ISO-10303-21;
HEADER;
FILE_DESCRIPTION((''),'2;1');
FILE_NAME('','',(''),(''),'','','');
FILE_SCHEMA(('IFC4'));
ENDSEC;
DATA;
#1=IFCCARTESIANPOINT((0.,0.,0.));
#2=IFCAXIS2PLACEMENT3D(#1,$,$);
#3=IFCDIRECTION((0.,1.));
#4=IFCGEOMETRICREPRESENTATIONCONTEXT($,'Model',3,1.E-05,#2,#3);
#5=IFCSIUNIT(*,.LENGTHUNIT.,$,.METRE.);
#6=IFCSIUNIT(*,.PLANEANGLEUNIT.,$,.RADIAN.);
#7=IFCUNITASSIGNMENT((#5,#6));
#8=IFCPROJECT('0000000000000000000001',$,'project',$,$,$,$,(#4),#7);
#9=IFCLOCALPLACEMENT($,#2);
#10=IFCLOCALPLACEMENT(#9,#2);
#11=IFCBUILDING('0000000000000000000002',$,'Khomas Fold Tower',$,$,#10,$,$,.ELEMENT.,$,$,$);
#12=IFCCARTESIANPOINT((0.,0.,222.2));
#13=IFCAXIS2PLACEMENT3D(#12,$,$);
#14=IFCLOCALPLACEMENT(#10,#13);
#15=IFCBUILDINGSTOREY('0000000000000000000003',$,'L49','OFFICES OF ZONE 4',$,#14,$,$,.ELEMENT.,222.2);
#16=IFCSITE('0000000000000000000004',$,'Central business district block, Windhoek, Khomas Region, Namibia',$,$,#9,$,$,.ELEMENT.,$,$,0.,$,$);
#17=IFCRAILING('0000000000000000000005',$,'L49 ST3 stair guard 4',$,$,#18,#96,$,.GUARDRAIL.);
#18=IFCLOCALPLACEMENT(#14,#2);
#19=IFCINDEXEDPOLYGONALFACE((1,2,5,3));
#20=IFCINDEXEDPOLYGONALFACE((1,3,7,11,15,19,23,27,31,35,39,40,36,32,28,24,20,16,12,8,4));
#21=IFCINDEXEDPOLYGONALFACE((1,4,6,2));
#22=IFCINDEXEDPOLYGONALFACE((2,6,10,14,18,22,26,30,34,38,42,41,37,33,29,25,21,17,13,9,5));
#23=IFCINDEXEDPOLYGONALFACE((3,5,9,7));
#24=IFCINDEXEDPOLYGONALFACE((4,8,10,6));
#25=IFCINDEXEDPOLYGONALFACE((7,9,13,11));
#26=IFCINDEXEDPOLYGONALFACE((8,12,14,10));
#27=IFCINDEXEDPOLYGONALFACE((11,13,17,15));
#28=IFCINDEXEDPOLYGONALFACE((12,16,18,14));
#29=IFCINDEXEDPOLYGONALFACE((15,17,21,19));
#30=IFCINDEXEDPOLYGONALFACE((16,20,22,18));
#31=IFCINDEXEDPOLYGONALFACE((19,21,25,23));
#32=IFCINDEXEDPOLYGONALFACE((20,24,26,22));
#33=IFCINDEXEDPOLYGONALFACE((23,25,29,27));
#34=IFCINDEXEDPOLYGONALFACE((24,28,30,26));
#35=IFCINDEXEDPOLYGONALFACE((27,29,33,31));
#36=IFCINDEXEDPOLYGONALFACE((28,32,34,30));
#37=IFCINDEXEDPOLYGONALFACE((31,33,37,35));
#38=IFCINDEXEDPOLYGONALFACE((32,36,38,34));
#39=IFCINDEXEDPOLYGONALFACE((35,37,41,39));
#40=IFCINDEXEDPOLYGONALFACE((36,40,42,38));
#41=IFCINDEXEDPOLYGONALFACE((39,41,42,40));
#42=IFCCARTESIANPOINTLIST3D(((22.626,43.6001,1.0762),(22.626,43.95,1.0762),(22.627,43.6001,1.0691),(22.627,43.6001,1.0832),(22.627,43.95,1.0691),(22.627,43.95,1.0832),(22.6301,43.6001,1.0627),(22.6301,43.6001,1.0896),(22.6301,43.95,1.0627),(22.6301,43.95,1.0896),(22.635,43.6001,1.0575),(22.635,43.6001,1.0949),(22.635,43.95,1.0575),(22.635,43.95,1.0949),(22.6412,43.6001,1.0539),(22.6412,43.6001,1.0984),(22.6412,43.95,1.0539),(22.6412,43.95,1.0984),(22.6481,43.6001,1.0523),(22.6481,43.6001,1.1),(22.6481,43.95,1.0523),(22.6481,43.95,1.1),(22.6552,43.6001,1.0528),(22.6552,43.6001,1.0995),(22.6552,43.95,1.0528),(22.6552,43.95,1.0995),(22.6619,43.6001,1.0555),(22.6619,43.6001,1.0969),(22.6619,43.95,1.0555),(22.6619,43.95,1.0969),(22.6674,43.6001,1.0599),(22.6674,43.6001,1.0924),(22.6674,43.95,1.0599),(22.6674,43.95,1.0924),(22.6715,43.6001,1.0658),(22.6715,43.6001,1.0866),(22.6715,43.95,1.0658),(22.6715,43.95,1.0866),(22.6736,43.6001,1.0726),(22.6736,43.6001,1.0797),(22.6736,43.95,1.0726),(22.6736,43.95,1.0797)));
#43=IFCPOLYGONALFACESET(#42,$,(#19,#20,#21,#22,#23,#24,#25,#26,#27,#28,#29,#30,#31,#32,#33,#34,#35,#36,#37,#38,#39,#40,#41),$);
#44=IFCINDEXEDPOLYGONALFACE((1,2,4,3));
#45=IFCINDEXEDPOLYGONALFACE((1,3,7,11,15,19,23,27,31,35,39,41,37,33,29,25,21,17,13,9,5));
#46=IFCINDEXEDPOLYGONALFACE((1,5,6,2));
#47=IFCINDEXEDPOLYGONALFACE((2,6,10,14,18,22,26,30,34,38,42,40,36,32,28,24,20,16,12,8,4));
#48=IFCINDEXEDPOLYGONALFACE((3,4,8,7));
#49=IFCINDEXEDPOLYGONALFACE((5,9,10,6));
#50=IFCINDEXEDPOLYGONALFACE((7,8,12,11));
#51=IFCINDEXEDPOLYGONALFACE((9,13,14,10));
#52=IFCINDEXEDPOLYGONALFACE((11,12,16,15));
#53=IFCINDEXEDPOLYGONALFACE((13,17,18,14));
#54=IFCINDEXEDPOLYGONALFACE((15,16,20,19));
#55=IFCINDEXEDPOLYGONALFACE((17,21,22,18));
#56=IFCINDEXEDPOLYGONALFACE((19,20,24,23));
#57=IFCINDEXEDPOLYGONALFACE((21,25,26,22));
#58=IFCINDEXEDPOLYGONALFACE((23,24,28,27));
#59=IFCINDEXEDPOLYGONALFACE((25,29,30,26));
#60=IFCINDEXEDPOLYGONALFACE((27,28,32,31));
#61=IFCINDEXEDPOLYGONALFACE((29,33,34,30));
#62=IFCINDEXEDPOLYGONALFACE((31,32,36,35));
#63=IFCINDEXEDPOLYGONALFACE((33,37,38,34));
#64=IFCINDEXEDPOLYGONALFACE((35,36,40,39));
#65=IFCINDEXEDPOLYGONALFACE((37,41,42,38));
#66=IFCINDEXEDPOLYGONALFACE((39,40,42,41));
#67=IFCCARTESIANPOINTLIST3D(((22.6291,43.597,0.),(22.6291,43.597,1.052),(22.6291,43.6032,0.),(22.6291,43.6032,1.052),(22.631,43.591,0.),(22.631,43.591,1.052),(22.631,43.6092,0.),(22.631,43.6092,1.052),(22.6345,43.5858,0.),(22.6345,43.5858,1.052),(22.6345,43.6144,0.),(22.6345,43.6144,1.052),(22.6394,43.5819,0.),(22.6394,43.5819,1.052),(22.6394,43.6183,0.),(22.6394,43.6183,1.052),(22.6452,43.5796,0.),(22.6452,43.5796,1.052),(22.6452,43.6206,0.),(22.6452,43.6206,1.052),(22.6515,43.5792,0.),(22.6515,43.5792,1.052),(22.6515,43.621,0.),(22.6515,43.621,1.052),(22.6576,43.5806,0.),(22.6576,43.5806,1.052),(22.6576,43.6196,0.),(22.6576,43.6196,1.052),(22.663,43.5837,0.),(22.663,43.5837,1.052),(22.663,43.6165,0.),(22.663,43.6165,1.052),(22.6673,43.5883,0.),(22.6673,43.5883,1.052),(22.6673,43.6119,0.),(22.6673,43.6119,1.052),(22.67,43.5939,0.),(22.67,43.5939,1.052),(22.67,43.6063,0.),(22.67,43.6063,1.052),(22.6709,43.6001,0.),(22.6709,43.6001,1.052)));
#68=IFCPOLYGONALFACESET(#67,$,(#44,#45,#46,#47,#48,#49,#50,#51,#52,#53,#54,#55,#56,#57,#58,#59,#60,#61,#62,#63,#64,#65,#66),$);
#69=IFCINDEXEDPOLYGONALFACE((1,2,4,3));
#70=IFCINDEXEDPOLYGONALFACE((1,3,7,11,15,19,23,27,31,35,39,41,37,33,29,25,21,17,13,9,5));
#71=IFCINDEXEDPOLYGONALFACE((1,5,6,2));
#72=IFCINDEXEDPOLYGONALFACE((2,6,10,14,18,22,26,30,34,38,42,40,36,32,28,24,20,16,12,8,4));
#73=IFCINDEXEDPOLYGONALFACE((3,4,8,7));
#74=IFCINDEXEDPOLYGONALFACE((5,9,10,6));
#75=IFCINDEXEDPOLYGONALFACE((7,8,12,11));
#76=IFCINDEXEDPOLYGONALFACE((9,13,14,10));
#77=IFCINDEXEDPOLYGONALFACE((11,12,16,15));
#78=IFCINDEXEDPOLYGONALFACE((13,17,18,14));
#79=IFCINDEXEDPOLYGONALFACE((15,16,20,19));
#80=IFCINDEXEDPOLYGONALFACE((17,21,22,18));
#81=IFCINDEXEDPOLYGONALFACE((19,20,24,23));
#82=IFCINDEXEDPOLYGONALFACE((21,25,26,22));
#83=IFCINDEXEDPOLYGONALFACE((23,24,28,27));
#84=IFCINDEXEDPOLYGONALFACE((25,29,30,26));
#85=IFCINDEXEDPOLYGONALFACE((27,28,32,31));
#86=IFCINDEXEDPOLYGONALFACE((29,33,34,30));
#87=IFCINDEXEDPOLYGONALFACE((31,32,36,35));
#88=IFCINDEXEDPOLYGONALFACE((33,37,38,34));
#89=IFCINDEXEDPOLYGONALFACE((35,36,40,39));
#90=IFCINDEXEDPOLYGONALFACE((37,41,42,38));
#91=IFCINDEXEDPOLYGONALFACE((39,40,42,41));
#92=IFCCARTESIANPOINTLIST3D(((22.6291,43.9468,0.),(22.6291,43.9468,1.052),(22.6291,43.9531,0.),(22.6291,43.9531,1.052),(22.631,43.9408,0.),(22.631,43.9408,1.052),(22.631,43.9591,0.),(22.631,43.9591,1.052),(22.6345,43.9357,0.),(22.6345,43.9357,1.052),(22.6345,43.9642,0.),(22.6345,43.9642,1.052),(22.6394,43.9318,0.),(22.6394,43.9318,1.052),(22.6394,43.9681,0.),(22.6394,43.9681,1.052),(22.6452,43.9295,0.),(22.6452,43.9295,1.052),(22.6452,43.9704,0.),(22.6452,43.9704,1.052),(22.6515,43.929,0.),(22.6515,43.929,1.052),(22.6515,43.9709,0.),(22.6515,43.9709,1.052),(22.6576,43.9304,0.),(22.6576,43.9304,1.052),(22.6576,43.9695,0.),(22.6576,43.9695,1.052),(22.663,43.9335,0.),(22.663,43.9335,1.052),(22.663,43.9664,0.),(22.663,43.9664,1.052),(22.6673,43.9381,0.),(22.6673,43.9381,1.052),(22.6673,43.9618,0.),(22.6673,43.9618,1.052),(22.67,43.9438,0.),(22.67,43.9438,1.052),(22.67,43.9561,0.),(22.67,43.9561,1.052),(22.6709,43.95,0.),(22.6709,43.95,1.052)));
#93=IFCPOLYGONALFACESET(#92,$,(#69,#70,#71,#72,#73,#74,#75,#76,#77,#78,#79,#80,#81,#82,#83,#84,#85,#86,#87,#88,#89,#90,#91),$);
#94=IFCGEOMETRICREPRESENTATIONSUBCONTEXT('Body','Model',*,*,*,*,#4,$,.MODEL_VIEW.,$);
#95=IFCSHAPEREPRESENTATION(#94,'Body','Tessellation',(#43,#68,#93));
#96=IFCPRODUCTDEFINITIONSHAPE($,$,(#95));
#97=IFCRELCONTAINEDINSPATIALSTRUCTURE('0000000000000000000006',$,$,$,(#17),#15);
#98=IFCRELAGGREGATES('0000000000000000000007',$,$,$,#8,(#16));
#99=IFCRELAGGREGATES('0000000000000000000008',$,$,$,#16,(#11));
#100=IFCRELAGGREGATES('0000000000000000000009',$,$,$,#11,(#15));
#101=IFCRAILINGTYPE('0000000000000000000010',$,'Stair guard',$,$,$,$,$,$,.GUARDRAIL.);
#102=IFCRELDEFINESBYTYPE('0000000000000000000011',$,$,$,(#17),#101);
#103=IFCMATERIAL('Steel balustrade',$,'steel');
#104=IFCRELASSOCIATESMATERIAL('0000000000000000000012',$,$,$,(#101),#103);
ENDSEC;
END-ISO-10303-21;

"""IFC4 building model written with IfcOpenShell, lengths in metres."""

from ifc_helpers import new_model, si_unit, direction, frame, origin, origin_2d, place, context, subcontext, project, spatial, circle, extrude, source, transform, mapped, material, type_object, element, save


model = new_model("IFC4")

# Units and contexts
model_context = context("Model", 3, precision=1e-05, world=origin(), true_north=direction((0.0, 1.0)))
body_context = subcontext(model_context, "Body", "Model", "MODEL_VIEW")
ifc_project = project(units=[si_unit("LENGTHUNIT", "METRE"), si_unit("PLANEANGLEUNIT", "RADIAN")], contexts=[model_context])

# Site, building, storey
site_placement = place(None, origin())
site = spatial("IfcSite", under=ifc_project, at=site_placement, Name="Central business district block, Windhoek, Khomas Region, Namibia", CompositionType="ELEMENT", RefElevation=0.0)
building_placement = place(site_placement, origin())
building = spatial("IfcBuilding", under=site, at=building_placement, Name="Khomas Fold Tower", CompositionType="ELEMENT")
storey_placement = place(building_placement, frame((0.0, 0.0, 222.2)))
storey = spatial("IfcBuildingStorey", under=building, at=storey_placement, Name="L49", Description="OFFICES OF ZONE 4", CompositionType="ELEMENT", Elevation=222.2)

# Railing
ifc_material_1 = material(Name="Steel balustrade", Category="steel")
railing_type_1 = type_object("IfcRailingType", Name="Stair guard", PredefinedType="GUARDRAIL", material=ifc_material_1)
shared_shape_1 = source(origin(), body_context, "Body", "SweptSolid", [
    extrude(circle(Radius=0.0239, at=origin_2d()), frame((0.0, 0.0, 1.0762), z_axis=(0.0, 1.0, 0.0), x_axis=(-1.0, 0.0, 0.0)), (0.0, 0.0, 1.0), 0.3499),
    extrude(circle(Radius=0.021, at=origin_2d()), origin(), (0.0, 0.0, 1.0), 1.052),
    extrude(circle(Radius=0.021, at=origin_2d()), frame((0.0, 0.3499, 0.0)), (0.0, 0.0, 1.0), 1.052),
])
for number, where, name in (
    (1, (22.6499, 43.6001, 0.0), "L49 ST3 stair guard 4"),
):
    element("IfcRailing", number, at=place(storey_placement, frame(where)), inside=storey, type_object=railing_type_1, Name=name, PredefinedType="GUARDRAIL", context=body_context, shape_type="MappedRepresentation", body=[
        mapped(shared_shape_1, transform((0.0, 0.0, 0.0))),
    ])

save(model, "model.ifc")
